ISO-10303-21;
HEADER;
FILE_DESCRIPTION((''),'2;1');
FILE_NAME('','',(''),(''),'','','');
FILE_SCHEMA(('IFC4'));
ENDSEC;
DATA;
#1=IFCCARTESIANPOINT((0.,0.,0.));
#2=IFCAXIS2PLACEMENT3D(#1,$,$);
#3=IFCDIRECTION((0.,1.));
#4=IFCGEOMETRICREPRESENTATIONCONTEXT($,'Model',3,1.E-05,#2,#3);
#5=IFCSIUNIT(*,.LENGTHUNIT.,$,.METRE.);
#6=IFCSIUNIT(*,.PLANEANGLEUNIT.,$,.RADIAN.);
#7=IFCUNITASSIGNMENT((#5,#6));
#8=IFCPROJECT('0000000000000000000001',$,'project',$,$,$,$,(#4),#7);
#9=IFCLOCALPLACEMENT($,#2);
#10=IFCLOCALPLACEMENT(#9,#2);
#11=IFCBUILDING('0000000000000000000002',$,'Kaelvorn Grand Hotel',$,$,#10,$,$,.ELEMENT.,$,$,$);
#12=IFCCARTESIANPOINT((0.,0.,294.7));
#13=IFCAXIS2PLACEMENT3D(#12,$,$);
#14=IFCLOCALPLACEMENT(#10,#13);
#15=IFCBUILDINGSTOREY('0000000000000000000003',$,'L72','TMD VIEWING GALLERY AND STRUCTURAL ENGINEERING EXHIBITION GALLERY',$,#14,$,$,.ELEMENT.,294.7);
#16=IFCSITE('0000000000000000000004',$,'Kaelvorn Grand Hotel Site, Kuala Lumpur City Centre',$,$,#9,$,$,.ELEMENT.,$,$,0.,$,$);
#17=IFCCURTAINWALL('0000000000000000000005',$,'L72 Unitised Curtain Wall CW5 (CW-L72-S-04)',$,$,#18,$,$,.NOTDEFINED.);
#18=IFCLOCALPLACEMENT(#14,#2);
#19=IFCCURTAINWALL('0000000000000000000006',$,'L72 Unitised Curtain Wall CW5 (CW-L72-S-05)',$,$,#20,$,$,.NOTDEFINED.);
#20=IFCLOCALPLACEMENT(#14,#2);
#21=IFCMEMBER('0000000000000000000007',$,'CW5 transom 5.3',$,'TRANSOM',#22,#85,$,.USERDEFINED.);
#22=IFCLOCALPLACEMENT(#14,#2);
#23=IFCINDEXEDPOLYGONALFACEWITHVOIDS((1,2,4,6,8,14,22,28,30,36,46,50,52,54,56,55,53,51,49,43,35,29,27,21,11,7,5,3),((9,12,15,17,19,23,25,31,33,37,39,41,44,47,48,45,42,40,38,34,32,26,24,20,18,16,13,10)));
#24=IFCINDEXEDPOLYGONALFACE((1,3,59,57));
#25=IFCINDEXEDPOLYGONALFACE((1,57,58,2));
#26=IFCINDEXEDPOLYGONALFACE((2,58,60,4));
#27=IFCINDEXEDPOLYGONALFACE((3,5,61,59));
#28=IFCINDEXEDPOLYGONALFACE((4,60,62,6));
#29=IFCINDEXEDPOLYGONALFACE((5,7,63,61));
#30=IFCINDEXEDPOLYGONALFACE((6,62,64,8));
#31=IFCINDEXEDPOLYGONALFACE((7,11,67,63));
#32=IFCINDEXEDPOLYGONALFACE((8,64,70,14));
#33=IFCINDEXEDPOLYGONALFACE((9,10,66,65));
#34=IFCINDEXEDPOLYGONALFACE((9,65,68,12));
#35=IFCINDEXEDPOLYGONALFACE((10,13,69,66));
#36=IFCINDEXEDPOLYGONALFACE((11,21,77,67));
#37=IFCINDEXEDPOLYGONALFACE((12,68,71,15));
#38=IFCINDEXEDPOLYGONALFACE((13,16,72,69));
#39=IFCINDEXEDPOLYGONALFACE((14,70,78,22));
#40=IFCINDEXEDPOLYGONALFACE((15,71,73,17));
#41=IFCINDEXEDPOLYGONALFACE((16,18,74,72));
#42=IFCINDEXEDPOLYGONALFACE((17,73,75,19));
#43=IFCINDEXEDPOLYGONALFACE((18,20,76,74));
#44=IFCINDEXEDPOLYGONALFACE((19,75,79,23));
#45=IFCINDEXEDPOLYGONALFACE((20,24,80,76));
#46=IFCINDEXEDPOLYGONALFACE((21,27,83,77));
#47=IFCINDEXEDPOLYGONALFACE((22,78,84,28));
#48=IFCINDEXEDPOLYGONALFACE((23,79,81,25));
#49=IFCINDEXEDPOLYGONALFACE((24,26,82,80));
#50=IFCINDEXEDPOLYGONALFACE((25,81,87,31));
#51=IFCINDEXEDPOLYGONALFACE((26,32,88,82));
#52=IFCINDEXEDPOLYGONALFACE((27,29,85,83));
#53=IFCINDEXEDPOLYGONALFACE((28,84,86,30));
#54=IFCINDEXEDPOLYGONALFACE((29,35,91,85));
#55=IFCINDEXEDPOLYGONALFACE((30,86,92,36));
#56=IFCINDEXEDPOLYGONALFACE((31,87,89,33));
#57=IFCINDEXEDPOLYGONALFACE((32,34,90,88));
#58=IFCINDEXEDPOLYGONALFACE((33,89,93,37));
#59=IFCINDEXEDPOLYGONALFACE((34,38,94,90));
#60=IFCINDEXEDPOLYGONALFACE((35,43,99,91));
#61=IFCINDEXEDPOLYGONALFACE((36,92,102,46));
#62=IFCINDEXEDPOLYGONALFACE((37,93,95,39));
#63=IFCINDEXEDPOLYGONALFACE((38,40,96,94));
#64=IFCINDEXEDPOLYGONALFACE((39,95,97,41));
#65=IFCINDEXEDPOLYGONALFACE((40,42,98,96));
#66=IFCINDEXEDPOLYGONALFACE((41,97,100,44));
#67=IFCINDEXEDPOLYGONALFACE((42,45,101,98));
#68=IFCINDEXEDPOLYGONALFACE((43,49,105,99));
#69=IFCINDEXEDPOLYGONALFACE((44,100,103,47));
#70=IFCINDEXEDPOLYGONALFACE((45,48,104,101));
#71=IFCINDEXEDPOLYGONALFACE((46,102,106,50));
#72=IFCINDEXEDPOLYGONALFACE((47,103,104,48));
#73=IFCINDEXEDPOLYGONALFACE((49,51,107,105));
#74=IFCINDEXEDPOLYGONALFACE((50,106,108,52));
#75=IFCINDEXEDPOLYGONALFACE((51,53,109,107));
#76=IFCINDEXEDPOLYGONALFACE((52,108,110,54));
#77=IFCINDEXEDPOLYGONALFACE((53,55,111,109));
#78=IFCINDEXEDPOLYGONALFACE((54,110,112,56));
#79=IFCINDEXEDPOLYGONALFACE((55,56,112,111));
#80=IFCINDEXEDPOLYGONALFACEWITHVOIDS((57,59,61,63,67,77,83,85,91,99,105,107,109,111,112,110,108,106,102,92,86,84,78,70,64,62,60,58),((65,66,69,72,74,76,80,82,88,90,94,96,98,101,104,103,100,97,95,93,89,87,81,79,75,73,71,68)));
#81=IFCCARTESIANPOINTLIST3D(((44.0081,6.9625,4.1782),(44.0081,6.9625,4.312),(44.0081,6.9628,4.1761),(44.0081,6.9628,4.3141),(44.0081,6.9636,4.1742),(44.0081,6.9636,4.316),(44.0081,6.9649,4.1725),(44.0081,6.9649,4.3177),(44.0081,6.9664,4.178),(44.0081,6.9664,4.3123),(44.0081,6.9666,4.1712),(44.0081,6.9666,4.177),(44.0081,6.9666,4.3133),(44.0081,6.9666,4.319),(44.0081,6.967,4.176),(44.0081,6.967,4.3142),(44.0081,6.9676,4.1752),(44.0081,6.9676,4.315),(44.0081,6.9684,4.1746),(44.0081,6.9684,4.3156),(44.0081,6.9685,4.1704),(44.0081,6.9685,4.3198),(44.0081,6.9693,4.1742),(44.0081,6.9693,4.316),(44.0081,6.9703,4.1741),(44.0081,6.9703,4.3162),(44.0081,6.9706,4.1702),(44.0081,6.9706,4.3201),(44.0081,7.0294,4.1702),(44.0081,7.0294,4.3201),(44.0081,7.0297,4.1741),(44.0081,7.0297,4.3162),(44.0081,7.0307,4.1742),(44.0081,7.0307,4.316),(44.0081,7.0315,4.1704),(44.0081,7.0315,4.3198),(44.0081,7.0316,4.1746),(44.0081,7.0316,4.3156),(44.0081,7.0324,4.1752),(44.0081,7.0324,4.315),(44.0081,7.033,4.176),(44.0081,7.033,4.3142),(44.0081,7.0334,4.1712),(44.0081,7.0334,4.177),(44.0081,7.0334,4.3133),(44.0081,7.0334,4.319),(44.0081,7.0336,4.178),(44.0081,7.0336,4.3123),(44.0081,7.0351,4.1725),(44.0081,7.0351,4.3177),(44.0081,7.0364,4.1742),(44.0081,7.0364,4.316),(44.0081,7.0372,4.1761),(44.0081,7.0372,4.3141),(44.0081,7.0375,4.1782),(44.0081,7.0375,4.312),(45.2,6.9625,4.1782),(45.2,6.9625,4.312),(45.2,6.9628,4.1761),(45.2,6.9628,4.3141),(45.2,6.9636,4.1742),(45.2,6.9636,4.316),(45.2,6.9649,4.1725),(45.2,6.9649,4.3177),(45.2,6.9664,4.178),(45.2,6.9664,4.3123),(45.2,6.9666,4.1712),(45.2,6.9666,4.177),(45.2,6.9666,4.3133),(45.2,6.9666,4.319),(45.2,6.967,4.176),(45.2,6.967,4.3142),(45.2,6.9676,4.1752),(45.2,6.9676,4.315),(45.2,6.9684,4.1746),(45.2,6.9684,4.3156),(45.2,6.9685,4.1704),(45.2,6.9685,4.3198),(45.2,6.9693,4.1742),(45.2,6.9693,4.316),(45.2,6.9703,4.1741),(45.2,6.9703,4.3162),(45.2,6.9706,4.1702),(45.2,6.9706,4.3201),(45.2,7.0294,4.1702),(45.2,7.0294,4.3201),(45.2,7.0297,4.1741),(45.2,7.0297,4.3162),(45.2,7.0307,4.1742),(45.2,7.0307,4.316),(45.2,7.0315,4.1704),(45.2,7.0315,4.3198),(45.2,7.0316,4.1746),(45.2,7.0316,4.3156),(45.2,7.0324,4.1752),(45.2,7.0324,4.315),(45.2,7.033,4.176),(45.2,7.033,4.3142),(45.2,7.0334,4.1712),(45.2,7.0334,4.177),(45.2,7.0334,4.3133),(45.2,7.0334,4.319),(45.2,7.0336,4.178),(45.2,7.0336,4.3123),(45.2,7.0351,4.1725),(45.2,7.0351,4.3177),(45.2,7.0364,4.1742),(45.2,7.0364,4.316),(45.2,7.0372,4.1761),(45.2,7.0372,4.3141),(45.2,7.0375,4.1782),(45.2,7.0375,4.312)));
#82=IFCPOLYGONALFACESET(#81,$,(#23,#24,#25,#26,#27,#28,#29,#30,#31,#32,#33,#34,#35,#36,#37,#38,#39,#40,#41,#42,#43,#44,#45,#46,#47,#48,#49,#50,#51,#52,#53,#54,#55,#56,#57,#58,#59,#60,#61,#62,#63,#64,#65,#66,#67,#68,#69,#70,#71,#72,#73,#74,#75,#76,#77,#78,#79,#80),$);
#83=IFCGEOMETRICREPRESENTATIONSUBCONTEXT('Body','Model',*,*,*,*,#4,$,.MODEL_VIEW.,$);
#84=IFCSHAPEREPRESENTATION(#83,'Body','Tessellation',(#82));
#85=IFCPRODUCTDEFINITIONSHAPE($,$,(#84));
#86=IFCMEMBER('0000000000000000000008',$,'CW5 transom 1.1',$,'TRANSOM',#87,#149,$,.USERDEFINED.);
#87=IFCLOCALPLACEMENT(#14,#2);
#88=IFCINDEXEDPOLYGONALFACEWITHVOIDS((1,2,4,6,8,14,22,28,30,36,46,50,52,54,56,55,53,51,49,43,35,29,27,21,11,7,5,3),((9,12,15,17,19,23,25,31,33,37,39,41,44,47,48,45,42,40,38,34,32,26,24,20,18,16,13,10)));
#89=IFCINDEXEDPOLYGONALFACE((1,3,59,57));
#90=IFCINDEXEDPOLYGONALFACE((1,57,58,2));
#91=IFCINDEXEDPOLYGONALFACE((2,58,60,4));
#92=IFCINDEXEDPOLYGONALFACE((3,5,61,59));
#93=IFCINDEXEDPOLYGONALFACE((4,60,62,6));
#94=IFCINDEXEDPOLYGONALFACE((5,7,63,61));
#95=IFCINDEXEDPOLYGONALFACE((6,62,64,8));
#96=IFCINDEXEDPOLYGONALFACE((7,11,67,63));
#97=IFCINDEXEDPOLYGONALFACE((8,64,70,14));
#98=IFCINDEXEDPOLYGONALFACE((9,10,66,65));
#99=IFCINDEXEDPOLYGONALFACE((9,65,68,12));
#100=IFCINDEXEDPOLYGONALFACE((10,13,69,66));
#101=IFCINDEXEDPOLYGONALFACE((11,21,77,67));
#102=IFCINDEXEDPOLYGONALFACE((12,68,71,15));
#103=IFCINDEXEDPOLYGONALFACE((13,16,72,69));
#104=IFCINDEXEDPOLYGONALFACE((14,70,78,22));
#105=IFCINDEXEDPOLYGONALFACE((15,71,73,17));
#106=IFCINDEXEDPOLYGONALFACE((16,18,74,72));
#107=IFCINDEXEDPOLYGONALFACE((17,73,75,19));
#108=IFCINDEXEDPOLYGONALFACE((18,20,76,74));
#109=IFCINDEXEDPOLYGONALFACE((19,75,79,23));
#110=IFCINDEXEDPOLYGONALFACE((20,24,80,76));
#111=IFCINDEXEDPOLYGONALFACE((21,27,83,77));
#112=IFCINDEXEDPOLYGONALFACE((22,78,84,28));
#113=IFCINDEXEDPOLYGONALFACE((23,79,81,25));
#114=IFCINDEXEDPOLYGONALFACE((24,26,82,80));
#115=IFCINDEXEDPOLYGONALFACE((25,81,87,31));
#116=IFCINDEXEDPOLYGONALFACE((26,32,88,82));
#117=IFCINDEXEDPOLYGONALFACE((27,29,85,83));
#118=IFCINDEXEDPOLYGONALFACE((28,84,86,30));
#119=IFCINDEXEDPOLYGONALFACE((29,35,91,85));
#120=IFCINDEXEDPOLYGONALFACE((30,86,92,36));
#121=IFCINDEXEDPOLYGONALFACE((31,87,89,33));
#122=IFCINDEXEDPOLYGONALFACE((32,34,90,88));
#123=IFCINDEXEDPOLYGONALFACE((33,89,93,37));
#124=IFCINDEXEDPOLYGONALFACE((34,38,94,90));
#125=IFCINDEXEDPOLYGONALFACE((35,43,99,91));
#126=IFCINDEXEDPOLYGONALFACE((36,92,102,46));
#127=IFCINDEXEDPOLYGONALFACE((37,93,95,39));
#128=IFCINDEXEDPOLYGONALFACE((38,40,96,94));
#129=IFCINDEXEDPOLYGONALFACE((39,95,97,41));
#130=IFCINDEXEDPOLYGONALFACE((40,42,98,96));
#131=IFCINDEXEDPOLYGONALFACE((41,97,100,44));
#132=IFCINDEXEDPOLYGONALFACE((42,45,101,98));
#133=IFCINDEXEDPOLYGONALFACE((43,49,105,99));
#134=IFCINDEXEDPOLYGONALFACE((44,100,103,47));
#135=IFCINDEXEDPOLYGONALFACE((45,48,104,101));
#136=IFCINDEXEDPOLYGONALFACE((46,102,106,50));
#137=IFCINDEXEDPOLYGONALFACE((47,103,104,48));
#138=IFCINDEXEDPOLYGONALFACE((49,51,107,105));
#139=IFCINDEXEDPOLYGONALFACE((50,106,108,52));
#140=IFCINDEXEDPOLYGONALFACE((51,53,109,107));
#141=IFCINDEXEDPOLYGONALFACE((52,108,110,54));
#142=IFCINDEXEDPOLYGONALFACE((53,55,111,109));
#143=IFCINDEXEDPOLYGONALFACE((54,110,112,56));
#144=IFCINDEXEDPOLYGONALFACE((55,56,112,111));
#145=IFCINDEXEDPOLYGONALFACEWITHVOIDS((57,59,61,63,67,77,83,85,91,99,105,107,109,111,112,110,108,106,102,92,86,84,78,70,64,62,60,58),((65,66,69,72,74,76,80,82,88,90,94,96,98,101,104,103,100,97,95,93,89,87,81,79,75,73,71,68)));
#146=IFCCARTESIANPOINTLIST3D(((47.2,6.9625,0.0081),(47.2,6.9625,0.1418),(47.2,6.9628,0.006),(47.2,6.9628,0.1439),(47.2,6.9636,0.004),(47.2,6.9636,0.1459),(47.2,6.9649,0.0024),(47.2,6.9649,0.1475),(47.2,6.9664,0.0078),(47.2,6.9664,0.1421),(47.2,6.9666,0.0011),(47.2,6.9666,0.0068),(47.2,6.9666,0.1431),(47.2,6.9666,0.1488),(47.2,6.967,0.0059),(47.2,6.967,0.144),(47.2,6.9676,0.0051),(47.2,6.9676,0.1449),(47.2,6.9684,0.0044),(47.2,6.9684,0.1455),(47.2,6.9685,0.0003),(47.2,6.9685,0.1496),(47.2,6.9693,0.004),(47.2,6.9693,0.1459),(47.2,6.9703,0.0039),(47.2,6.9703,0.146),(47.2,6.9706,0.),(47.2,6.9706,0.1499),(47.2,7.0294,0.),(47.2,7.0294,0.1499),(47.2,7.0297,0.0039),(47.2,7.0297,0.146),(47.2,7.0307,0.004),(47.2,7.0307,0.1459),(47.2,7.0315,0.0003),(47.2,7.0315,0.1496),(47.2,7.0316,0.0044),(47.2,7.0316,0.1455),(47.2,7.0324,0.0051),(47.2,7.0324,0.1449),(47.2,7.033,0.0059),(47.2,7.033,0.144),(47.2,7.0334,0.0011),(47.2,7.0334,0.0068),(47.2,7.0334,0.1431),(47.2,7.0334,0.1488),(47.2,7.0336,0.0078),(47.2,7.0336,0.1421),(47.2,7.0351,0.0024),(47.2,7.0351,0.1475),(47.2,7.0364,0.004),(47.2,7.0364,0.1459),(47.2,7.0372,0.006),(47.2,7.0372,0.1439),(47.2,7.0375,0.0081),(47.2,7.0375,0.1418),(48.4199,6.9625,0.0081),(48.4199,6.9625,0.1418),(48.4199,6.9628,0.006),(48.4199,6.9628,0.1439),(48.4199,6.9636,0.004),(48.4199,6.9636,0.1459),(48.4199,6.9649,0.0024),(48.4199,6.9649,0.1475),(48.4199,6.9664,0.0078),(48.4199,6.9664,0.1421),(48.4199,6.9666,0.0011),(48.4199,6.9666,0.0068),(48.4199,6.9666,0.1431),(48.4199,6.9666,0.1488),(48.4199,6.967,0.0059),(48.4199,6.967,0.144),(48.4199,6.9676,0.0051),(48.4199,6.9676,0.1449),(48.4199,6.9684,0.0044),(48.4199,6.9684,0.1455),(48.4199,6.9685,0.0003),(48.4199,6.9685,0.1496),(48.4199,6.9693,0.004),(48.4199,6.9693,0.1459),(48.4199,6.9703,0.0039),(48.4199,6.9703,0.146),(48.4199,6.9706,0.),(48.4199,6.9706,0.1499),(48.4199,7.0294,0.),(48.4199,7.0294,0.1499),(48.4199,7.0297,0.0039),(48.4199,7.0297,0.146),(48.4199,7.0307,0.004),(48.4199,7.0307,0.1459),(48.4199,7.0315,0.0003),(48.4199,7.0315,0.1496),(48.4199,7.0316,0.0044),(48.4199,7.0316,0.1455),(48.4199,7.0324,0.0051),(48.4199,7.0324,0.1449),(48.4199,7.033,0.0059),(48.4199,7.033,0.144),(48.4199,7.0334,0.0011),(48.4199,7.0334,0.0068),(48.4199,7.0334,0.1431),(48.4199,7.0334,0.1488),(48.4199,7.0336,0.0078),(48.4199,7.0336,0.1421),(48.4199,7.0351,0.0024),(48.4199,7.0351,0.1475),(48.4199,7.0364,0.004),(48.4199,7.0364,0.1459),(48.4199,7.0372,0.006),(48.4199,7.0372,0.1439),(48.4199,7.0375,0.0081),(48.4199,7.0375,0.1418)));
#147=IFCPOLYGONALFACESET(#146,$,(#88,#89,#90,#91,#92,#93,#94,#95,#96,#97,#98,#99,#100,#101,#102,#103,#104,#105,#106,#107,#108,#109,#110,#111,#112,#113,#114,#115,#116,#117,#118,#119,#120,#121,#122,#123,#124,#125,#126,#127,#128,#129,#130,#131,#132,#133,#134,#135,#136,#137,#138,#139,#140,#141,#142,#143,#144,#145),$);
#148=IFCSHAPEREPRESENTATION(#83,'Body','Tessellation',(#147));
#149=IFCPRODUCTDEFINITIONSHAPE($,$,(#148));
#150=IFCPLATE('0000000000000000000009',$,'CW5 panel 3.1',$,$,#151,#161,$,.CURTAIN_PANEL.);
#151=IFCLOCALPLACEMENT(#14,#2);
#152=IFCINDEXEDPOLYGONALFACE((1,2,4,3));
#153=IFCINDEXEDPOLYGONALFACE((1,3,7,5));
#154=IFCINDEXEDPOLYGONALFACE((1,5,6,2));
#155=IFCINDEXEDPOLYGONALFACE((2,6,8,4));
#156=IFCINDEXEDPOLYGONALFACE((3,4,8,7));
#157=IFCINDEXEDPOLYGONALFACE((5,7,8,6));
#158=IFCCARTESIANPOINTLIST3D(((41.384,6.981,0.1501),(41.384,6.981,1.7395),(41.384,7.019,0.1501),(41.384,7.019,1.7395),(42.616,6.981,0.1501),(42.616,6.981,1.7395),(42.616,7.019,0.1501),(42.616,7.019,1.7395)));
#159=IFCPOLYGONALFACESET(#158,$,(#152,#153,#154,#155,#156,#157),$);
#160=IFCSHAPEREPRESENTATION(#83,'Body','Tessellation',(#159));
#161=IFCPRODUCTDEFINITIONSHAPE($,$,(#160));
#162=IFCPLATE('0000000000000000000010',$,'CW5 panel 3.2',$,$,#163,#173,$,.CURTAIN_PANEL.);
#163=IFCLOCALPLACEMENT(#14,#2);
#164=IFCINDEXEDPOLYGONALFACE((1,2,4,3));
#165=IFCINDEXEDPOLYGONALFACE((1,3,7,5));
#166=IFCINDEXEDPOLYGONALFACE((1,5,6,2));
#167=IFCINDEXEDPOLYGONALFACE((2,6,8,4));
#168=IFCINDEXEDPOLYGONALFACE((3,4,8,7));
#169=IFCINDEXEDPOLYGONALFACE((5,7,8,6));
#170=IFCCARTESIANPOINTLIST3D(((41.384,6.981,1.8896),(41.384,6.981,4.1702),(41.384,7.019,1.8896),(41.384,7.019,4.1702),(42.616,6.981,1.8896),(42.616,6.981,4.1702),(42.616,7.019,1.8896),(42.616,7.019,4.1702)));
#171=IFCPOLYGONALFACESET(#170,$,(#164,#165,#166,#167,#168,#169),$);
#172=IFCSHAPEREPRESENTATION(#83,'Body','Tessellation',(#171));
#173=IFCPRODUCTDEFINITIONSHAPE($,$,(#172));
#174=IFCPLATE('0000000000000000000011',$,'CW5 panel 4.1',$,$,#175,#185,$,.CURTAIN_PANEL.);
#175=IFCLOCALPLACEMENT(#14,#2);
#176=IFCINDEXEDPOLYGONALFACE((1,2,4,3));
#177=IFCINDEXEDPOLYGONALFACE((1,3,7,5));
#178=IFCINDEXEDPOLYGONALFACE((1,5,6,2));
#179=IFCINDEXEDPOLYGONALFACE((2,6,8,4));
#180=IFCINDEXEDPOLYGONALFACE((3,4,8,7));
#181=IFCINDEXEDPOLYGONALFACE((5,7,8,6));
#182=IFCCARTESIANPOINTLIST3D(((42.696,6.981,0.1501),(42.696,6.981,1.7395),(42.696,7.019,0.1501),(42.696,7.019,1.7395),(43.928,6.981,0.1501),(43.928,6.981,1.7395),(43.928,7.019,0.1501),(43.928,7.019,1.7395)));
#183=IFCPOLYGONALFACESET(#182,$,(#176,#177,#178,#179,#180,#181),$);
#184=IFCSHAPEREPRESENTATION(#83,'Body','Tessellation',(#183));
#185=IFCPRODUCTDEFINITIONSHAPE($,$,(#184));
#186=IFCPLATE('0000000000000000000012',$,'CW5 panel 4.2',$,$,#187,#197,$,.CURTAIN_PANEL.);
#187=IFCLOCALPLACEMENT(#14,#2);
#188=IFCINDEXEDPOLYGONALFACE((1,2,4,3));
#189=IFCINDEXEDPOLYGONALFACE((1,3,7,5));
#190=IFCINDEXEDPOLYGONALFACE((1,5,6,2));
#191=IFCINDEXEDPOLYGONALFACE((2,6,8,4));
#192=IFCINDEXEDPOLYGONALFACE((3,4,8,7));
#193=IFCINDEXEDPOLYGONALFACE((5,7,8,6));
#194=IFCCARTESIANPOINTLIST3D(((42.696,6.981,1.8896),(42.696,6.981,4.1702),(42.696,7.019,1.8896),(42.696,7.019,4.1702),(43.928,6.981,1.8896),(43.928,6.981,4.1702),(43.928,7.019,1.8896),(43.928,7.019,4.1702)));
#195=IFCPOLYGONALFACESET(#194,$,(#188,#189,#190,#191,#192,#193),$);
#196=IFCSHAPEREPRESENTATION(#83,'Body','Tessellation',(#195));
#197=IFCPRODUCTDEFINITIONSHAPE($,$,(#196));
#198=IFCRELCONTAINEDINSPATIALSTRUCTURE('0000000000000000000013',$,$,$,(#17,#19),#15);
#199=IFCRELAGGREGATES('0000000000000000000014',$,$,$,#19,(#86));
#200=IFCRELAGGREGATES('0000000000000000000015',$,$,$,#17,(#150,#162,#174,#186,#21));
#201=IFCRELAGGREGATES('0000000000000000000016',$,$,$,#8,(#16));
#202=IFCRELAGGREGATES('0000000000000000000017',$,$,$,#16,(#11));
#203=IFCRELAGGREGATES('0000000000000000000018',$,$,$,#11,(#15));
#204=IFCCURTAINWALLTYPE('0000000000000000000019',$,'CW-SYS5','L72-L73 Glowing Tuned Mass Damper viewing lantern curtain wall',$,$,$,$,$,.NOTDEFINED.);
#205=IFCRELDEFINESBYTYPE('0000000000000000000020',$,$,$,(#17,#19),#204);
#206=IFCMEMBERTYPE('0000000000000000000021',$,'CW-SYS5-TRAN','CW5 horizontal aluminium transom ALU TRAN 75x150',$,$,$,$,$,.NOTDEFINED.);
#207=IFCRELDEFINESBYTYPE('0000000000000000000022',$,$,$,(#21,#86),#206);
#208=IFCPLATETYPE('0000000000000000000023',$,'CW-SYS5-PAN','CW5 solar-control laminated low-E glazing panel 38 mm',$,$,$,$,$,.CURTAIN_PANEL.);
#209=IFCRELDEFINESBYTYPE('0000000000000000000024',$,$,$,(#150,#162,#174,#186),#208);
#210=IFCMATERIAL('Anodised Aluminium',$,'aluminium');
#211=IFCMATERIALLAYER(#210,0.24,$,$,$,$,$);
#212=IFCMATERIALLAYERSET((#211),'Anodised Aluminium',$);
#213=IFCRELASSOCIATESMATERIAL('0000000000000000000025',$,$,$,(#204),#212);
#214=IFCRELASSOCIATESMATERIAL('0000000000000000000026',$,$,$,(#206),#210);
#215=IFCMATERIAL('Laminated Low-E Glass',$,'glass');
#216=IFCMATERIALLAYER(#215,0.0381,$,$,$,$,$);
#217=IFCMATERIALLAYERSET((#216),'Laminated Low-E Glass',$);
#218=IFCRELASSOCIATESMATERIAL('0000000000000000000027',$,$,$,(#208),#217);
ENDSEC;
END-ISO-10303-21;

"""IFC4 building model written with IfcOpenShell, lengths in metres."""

from ifc_helpers import new_model, si_unit, direction, frame, origin, origin_2d, place, context, subcontext, project, spatial, rectangle, hollow_rectangle, extrude, material, layer, layer_set, material_profile, profile_set, type_object, element, aggregate, save


model = new_model("IFC4")

# Units and contexts
model_context = context("Model", 3, precision=1e-05, world=origin(), true_north=direction((0.0, 1.0)))
body_context = subcontext(model_context, "Body", "Model", "MODEL_VIEW")
ifc_project = project(units=[si_unit("LENGTHUNIT", "METRE"), si_unit("PLANEANGLEUNIT", "RADIAN")], contexts=[model_context])

# Site, building, storey
site_placement = place(None, origin())
site = spatial("IfcSite", under=ifc_project, at=site_placement, Name="Kaelvorn Grand Hotel Site, Kuala Lumpur City Centre", CompositionType="ELEMENT", RefElevation=0.0)
building_placement = place(site_placement, origin())
building = spatial("IfcBuilding", under=site, at=building_placement, Name="Kaelvorn Grand Hotel", CompositionType="ELEMENT")
storey_placement = place(building_placement, frame((0.0, 0.0, 294.7)))
storey = spatial("IfcBuildingStorey", under=building, at=storey_placement, Name="L72", Description="TMD VIEWING GALLERY AND STRUCTURAL ENGINEERING EXHIBITION GALLERY", CompositionType="ELEMENT", Elevation=294.7)

# Curtain wall
ifc_material_1 = material(Name="Anodised Aluminium", Category="aluminium")
ifc_layer_1 = layer(ifc_material_1, 0.24)
ifc_layer_set_1 = layer_set([ifc_layer_1], Name="Anodised Aluminium")
curtain_wall_type = type_object("IfcCurtainWallType", Name="CW-SYS5", Description="L72-L73 Glowing Tuned Mass Damper viewing lantern curtain wall", PredefinedType="NOTDEFINED", material=ifc_layer_set_1)
curtain_wall_1_placement = place(storey_placement, origin())
curtain_wall_1 = element("IfcCurtainWall", 1, at=curtain_wall_1_placement, inside=storey, type_object=curtain_wall_type, Name="L72 Unitised Curtain Wall CW5 (CW-L72-S-04)", PredefinedType="NOTDEFINED")

# Curtain wall
curtain_wall_2_placement = place(storey_placement, origin())
curtain_wall_2 = element("IfcCurtainWall", 2, at=curtain_wall_2_placement, inside=storey, type_object=curtain_wall_type, Name="L72 Unitised Curtain Wall CW5 (CW-L72-S-05)", PredefinedType="NOTDEFINED")

# Members
ifc_material_profile_1 = material_profile(ifc_material_1, hollow_rectangle(XDim=0.075, YDim=0.1499, WallThickness=0.0039, InnerFilletRadius=0.0039, OuterFilletRadius=0.0081, at=origin_2d()), Name="ALU TRAN 75x150")
ifc_profile_set_1 = profile_set([ifc_material_profile_1], Name="Anodised Aluminium")
member_type_1 = type_object("IfcMemberType", Name="CW-SYS5-TRAN", Description="CW5 horizontal aluminium transom ALU TRAN 75x150", PredefinedType="NOTDEFINED", material=ifc_profile_set_1)
member_1_placement = place(storey_placement, frame((44.0081, 7.0, 4.2451), z_axis=(1.0, 0.0, 0.0), x_axis=(0.0, 1.0, 0.0)))
member_1 = element("IfcMember", 3, at=member_1_placement, type_object=member_type_1, Name="CW5 transom 5.3", ObjectType="TRANSOM", PredefinedType="USERDEFINED", context=body_context, shape_type="SweptSolid", body=[
    extrude(hollow_rectangle(XDim=0.075, YDim=0.1499, WallThickness=0.0039, InnerFilletRadius=0.0039, OuterFilletRadius=0.0081, at=origin_2d()), origin(), (0.0, 0.0, 1.0), 1.1919),
])
member_2_placement = place(storey_placement, frame((47.2, 7.0, 0.075), z_axis=(1.0, 0.0, 0.0), x_axis=(0.0, 1.0, 0.0)))
member_2 = element("IfcMember", 4, at=member_2_placement, type_object=member_type_1, Name="CW5 transom 1.1", ObjectType="TRANSOM", PredefinedType="USERDEFINED", context=body_context, shape_type="SweptSolid", body=[
    extrude(hollow_rectangle(XDim=0.075, YDim=0.1499, WallThickness=0.0039, InnerFilletRadius=0.0039, OuterFilletRadius=0.0081, at=origin_2d()), origin(), (0.0, 0.0, 1.0), 1.22),
])
aggregate(curtain_wall_2, [member_2])

# Plates
ifc_material_2 = material(Name="Laminated Low-E Glass", Category="glass")
ifc_layer_2 = layer(ifc_material_2, 0.0381)
ifc_layer_set_2 = layer_set([ifc_layer_2], Name="Laminated Low-E Glass")
plate_type = type_object("IfcPlateType", Name="CW-SYS5-PAN", Description="CW5 solar-control laminated low-E glazing panel 38 mm", PredefinedType="CURTAIN_PANEL", material=ifc_layer_set_2)
plate_1_placement = place(storey_placement, frame((42.0, 7.0, 0.1501), z_axis=(0.0, 0.0, 1.0), x_axis=(1.0, 0.0, 0.0)))
plate_1 = element("IfcPlate", 5, at=plate_1_placement, type_object=plate_type, Name="CW5 panel 3.1", PredefinedType="CURTAIN_PANEL", context=body_context, shape_type="SweptSolid", body=[
    extrude(rectangle(XDim=1.2319, YDim=0.0381, at=origin_2d()), origin(), (0.0, 0.0, 1.0), 1.5894),
])
plate_2_placement = place(storey_placement, frame((42.0, 7.0, 1.8896), z_axis=(0.0, 0.0, 1.0), x_axis=(1.0, 0.0, 0.0)))
plate_2 = element("IfcPlate", 6, at=plate_2_placement, type_object=plate_type, Name="CW5 panel 3.2", PredefinedType="CURTAIN_PANEL", context=body_context, shape_type="SweptSolid", body=[
    extrude(rectangle(XDim=1.2319, YDim=0.0381, at=origin_2d()), origin(), (0.0, 0.0, 1.0), 2.2805),
])
plate_3_placement = place(storey_placement, frame((43.312, 7.0, 0.1501), z_axis=(0.0, 0.0, 1.0), x_axis=(1.0, 0.0, 0.0)))
plate_3 = element("IfcPlate", 7, at=plate_3_placement, type_object=plate_type, Name="CW5 panel 4.1", PredefinedType="CURTAIN_PANEL", context=body_context, shape_type="SweptSolid", body=[
    extrude(rectangle(XDim=1.2319, YDim=0.0381, at=origin_2d()), origin(), (0.0, 0.0, 1.0), 1.5894),
])
plate_4_placement = place(storey_placement, frame((43.312, 7.0, 1.8896), z_axis=(0.0, 0.0, 1.0), x_axis=(1.0, 0.0, 0.0)))
plate_4 = element("IfcPlate", 8, at=plate_4_placement, type_object=plate_type, Name="CW5 panel 4.2", PredefinedType="CURTAIN_PANEL", context=body_context, shape_type="SweptSolid", body=[
    extrude(rectangle(XDim=1.2319, YDim=0.0381, at=origin_2d()), origin(), (0.0, 0.0, 1.0), 2.2805),
])
aggregate(curtain_wall_1, [plate_1, plate_2, plate_3, plate_4, member_1])

save(model, "model.ifc")
